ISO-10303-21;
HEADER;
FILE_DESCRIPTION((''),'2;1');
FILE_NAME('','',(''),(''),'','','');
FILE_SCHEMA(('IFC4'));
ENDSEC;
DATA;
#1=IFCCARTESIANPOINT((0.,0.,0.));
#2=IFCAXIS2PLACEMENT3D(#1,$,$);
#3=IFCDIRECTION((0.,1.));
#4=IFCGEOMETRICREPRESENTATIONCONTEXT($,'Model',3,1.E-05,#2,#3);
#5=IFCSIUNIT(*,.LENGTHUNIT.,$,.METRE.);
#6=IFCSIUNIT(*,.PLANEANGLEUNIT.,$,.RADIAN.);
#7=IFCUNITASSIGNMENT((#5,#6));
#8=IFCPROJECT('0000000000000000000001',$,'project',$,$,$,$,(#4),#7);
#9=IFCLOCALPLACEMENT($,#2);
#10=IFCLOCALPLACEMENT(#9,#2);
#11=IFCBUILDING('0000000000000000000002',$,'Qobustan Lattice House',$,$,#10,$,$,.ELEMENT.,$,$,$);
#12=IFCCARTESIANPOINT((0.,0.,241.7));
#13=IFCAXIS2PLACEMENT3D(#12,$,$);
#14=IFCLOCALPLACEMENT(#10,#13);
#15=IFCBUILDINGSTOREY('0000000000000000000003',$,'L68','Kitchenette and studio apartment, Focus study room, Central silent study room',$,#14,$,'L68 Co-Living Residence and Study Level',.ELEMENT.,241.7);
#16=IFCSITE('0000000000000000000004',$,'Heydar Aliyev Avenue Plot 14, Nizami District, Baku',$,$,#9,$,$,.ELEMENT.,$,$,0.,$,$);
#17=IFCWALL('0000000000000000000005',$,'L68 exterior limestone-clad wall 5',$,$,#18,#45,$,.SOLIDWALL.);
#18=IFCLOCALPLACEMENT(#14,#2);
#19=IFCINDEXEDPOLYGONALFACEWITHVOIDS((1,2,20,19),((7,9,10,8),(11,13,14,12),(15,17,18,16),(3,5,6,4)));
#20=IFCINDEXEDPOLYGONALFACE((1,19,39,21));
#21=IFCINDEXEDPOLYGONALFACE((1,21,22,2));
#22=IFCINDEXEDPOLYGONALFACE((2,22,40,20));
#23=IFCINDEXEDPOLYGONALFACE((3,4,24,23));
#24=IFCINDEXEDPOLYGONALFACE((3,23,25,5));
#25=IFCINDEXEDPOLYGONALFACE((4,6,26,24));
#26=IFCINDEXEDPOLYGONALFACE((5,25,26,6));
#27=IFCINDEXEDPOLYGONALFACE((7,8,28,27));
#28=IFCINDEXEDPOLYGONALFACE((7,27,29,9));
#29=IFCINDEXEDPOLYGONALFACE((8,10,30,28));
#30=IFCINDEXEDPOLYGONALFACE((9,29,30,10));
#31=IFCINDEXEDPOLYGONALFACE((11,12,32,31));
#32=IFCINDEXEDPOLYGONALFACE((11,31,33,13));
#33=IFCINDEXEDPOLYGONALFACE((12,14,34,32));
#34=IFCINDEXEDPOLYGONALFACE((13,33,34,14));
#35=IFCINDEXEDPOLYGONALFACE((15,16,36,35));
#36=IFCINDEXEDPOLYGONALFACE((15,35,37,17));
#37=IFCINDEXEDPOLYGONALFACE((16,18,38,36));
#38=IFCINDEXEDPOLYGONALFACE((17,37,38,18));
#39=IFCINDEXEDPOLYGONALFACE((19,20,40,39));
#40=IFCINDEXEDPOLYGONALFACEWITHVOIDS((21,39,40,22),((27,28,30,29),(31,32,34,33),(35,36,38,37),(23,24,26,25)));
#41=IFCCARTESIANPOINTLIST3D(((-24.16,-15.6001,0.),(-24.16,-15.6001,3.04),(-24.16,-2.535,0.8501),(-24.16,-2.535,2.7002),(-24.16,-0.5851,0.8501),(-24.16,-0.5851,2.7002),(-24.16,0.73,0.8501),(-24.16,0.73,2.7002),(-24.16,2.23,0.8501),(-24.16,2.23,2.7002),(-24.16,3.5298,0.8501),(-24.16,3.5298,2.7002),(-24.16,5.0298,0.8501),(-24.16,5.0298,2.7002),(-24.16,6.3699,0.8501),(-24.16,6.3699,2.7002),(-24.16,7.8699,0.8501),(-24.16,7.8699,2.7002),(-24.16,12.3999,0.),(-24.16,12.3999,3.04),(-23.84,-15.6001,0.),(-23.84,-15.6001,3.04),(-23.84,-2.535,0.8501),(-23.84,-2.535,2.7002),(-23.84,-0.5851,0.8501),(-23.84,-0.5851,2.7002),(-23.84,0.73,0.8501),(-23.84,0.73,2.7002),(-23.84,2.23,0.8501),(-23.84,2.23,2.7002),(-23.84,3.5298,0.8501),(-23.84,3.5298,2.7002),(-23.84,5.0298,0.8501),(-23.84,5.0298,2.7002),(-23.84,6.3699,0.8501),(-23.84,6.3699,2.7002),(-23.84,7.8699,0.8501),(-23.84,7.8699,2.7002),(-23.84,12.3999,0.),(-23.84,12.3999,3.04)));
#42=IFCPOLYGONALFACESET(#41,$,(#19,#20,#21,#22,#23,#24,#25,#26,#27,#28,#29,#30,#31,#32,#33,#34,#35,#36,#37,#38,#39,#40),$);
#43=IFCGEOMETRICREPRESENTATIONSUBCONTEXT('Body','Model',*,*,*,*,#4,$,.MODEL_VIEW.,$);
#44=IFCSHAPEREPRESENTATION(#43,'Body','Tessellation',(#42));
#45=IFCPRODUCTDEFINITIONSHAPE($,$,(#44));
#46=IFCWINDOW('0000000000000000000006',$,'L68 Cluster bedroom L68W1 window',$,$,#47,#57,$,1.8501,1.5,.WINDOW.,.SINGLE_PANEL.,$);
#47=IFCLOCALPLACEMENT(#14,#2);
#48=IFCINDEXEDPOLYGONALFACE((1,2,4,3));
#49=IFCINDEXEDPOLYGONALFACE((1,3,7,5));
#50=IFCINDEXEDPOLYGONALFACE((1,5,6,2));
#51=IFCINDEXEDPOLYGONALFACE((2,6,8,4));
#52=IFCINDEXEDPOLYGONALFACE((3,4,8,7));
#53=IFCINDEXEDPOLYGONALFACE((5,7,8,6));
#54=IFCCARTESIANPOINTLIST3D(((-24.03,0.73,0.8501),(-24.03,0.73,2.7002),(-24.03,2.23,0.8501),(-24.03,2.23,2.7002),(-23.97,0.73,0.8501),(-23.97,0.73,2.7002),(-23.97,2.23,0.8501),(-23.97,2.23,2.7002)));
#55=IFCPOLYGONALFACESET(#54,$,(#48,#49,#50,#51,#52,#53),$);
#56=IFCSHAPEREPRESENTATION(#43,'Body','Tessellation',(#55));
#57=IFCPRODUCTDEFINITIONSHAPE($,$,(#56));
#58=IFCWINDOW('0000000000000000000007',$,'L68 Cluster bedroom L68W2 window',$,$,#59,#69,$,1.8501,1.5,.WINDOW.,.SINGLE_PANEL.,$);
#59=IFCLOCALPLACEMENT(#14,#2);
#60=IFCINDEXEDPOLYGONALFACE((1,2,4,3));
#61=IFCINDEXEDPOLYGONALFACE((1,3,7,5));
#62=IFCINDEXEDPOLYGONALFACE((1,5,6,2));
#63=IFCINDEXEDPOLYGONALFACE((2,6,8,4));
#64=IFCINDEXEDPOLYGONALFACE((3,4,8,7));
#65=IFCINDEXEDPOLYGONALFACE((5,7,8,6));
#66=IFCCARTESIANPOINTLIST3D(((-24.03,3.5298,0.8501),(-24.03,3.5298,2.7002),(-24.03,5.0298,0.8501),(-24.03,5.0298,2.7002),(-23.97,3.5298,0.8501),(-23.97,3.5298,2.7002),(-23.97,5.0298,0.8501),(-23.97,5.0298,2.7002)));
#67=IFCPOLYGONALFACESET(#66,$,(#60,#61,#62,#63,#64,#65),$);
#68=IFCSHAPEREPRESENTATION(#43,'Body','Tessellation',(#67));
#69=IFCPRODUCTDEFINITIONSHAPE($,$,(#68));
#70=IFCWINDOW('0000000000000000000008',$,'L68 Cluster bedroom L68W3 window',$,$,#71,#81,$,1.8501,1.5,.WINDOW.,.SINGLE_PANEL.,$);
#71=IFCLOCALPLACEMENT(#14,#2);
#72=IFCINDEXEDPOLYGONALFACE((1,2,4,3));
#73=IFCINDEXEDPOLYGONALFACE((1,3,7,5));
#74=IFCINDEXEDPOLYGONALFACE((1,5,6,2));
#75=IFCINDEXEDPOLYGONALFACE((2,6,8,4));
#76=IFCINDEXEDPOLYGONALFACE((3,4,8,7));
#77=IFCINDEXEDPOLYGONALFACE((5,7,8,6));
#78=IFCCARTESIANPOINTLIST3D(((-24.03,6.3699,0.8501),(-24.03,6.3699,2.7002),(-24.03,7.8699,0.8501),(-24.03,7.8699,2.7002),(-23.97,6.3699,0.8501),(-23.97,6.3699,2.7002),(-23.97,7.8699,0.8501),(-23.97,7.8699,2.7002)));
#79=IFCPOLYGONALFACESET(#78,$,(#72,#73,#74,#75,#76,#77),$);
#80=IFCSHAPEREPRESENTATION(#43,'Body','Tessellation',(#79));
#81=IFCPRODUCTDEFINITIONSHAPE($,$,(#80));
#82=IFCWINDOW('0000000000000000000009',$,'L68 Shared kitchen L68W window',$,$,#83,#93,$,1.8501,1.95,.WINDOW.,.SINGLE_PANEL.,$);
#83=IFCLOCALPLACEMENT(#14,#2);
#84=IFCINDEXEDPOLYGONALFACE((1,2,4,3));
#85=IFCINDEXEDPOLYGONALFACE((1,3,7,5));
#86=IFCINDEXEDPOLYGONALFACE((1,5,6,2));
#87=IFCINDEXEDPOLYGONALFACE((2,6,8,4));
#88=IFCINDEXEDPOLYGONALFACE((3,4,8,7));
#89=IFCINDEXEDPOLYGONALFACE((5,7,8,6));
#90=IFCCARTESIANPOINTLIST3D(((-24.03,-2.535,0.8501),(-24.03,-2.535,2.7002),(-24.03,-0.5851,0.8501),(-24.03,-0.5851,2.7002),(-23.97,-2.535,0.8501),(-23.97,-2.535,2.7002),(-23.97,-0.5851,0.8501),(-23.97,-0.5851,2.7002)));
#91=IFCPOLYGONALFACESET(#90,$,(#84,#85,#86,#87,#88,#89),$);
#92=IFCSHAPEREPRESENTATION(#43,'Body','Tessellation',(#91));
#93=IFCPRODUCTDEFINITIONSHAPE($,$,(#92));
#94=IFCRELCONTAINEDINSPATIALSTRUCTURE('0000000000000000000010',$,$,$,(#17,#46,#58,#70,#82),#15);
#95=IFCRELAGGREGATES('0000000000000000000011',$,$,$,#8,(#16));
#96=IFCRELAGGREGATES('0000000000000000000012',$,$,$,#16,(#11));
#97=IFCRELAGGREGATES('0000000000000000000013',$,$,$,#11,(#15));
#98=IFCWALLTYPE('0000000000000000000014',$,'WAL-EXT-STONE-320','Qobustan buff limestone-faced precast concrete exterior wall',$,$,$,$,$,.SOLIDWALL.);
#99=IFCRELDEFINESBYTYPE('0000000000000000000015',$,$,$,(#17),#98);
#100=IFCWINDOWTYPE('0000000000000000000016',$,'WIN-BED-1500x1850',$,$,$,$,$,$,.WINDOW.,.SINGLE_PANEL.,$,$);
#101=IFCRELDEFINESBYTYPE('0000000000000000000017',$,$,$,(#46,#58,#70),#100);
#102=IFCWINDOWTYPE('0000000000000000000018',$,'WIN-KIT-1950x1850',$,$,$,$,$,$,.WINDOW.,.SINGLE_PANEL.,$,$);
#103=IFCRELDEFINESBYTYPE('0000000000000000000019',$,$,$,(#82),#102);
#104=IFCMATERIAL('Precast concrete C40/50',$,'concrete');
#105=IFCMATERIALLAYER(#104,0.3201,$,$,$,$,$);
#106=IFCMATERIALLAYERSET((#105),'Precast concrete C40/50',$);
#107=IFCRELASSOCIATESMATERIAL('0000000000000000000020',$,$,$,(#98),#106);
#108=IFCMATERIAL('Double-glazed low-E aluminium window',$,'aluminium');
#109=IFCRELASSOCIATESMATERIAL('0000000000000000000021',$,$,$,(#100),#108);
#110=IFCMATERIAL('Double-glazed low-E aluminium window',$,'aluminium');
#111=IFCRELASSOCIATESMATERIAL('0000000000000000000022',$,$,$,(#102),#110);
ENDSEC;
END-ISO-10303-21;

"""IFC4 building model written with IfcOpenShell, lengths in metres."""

from ifc_helpers import new_model, si_unit, direction, frame, frame_2d, origin, place, context, subcontext, project, spatial, rectangle, extrude, material, layer, layer_set, type_object, element, fill, save


model = new_model("IFC4")

# Units and contexts
model_context = context("Model", 3, precision=1e-05, world=origin(), true_north=direction((0.0, 1.0)))
body_context = subcontext(model_context, "Body", "Model", "MODEL_VIEW")
ifc_project = project(units=[si_unit("LENGTHUNIT", "METRE"), si_unit("PLANEANGLEUNIT", "RADIAN")], contexts=[model_context])

# Site, building, storey
site_placement = place(None, origin())
site = spatial("IfcSite", under=ifc_project, at=site_placement, Name="Heydar Aliyev Avenue Plot 14, Nizami District, Baku", CompositionType="ELEMENT", RefElevation=0.0)
building_placement = place(site_placement, origin())
building = spatial("IfcBuilding", under=site, at=building_placement, Name="Qobustan Lattice House", CompositionType="ELEMENT")
storey_placement = place(building_placement, frame((0.0, 0.0, 241.7)))
storey = spatial("IfcBuildingStorey", under=building, at=storey_placement, Name="L68", Description="Kitchenette and studio apartment, Focus study room, Central silent study room", LongName="L68 Co-Living Residence and Study Level", CompositionType="ELEMENT", Elevation=241.7)

# Shared definitions
ifc_material_1 = material(Name="Precast concrete C40/50", Category="concrete")
ifc_layer = layer(ifc_material_1, 0.3201)
ifc_layer_set = layer_set([ifc_layer], Name="Precast concrete C40/50")
wall_type = type_object("IfcWallType", Name="WAL-EXT-STONE-320", Description="Qobustan buff limestone-faced precast concrete exterior wall", PredefinedType="SOLIDWALL", material=ifc_layer_set)

# Wall, openings, windows
wall_1_placement = place(storey_placement, frame((-24.0, -15.6001, 0.0), z_axis=(0.0, 0.0, 1.0), x_axis=(0.0, 1.0, 0.0)))
wall_1 = element("IfcWall", 1, at=wall_1_placement, inside=storey, type_object=wall_type, Name="L68 exterior limestone-clad wall 5", PredefinedType="SOLIDWALL", context=body_context, shape_type="SweptSolid", body=[
    extrude(rectangle(XDim=28.0, YDim=0.3201, at=frame_2d((14.0, 0.0))), origin(), (0.0, 0.0, 1.0), 3.04),
])
opening_1_placement = place(wall_1_placement, frame((13.0649, 0.0, 0.8501)))
opening_1 = element("IfcOpeningElement", 2, at=opening_1_placement, cuts=wall_1, PredefinedType="OPENING", context=body_context, shape_type="SweptSolid", body=[
    extrude(rectangle(XDim=1.95, YDim=1.8501, at=frame_2d((0.9751, 0.925))), frame((0.0, 0.1699, 0.0), z_axis=(0.0, -1.0, 0.0), x_axis=(1.0, 0.0, 0.0)), (0.0, 0.0, 1.0), 0.3401),
])
opening_2_placement = place(wall_1_placement, frame((16.3301, 0.0, 0.8501)))
opening_2 = element("IfcOpeningElement", 3, at=opening_2_placement, cuts=wall_1, PredefinedType="OPENING", context=body_context, shape_type="SweptSolid", body=[
    extrude(rectangle(XDim=1.5, YDim=1.8501, at=frame_2d((0.75, 0.925))), frame((0.0, 0.1699, 0.0), z_axis=(0.0, -1.0, 0.0), x_axis=(1.0, 0.0, 0.0)), (0.0, 0.0, 1.0), 0.3401),
])
opening_3_placement = place(wall_1_placement, frame((19.1299, 0.0, 0.8501)))
opening_3 = element("IfcOpeningElement", 4, at=opening_3_placement, cuts=wall_1, PredefinedType="OPENING", context=body_context, shape_type="SweptSolid", body=[
    extrude(rectangle(XDim=1.5, YDim=1.8501, at=frame_2d((0.75, 0.925))), frame((0.0, 0.1699, 0.0), z_axis=(0.0, -1.0, 0.0), x_axis=(1.0, 0.0, 0.0)), (0.0, 0.0, 1.0), 0.3401),
])
opening_4_placement = place(wall_1_placement, frame((21.97, 0.0, 0.8501)))
opening_4 = element("IfcOpeningElement", 5, at=opening_4_placement, cuts=wall_1, PredefinedType="OPENING", context=body_context, shape_type="SweptSolid", body=[
    extrude(rectangle(XDim=1.5, YDim=1.8501, at=frame_2d((0.75, 0.925))), frame((0.0, 0.1699, 0.0), z_axis=(0.0, -1.0, 0.0), x_axis=(1.0, 0.0, 0.0)), (0.0, 0.0, 1.0), 0.3401),
])
ifc_material_2 = material(Name="Double-glazed low-E aluminium window", Category="aluminium")
window_type_1 = type_object("IfcWindowType", Name="WIN-BED-1500x1850", PartitioningType="SINGLE_PANEL", PredefinedType="WINDOW", material=ifc_material_2)
window_1_placement = place(opening_2_placement, origin())
window_1 = element("IfcWindow", 6, at=window_1_placement, inside=storey, type_object=window_type_1, Name="L68 Cluster bedroom L68W1 window", OverallHeight=1.8501, OverallWidth=1.5, PartitioningType="SINGLE_PANEL", PredefinedType="WINDOW", context=body_context, shape_type="SweptSolid", body=[
    extrude(rectangle(XDim=1.5, YDim=1.8501, at=frame_2d((0.75, 0.925))), frame((0.0, 0.03, 0.0), z_axis=(0.0, -1.0, 0.0), x_axis=(1.0, 0.0, 0.0)), (0.0, 0.0, 1.0), 0.0601),
])
fill(opening_2, window_1)
window_2_placement = place(opening_3_placement, origin())
window_2 = element("IfcWindow", 7, at=window_2_placement, inside=storey, type_object=window_type_1, Name="L68 Cluster bedroom L68W2 window", OverallHeight=1.8501, OverallWidth=1.5, PartitioningType="SINGLE_PANEL", PredefinedType="WINDOW", context=body_context, shape_type="SweptSolid", body=[
    extrude(rectangle(XDim=1.5, YDim=1.8501, at=frame_2d((0.75, 0.925))), frame((0.0, 0.03, 0.0), z_axis=(0.0, -1.0, 0.0), x_axis=(1.0, 0.0, 0.0)), (0.0, 0.0, 1.0), 0.0601),
])
fill(opening_3, window_2)
window_3_placement = place(opening_4_placement, origin())
window_3 = element("IfcWindow", 8, at=window_3_placement, inside=storey, type_object=window_type_1, Name="L68 Cluster bedroom L68W3 window", OverallHeight=1.8501, OverallWidth=1.5, PartitioningType="SINGLE_PANEL", PredefinedType="WINDOW", context=body_context, shape_type="SweptSolid", body=[
    extrude(rectangle(XDim=1.5, YDim=1.8501, at=frame_2d((0.75, 0.925))), frame((0.0, 0.03, 0.0), z_axis=(0.0, -1.0, 0.0), x_axis=(1.0, 0.0, 0.0)), (0.0, 0.0, 1.0), 0.0601),
])
fill(opening_4, window_3)
ifc_material_3 = material(Name="Double-glazed low-E aluminium window", Category="aluminium")
window_type_2 = type_object("IfcWindowType", Name="WIN-KIT-1950x1850", PartitioningType="SINGLE_PANEL", PredefinedType="WINDOW", material=ifc_material_3)
window_4_placement = place(opening_1_placement, origin())
window_4 = element("IfcWindow", 9, at=window_4_placement, inside=storey, type_object=window_type_2, Name="L68 Shared kitchen L68W window", OverallHeight=1.8501, OverallWidth=1.95, PartitioningType="SINGLE_PANEL", PredefinedType="WINDOW", context=body_context, shape_type="SweptSolid", body=[
    extrude(rectangle(XDim=1.95, YDim=1.8501, at=frame_2d((0.9751, 0.925))), frame((0.0, 0.03, 0.0), z_axis=(0.0, -1.0, 0.0), x_axis=(1.0, 0.0, 0.0)), (0.0, 0.0, 1.0), 0.0601),
])
fill(opening_1, window_4)

save(model, "model.ifc")
